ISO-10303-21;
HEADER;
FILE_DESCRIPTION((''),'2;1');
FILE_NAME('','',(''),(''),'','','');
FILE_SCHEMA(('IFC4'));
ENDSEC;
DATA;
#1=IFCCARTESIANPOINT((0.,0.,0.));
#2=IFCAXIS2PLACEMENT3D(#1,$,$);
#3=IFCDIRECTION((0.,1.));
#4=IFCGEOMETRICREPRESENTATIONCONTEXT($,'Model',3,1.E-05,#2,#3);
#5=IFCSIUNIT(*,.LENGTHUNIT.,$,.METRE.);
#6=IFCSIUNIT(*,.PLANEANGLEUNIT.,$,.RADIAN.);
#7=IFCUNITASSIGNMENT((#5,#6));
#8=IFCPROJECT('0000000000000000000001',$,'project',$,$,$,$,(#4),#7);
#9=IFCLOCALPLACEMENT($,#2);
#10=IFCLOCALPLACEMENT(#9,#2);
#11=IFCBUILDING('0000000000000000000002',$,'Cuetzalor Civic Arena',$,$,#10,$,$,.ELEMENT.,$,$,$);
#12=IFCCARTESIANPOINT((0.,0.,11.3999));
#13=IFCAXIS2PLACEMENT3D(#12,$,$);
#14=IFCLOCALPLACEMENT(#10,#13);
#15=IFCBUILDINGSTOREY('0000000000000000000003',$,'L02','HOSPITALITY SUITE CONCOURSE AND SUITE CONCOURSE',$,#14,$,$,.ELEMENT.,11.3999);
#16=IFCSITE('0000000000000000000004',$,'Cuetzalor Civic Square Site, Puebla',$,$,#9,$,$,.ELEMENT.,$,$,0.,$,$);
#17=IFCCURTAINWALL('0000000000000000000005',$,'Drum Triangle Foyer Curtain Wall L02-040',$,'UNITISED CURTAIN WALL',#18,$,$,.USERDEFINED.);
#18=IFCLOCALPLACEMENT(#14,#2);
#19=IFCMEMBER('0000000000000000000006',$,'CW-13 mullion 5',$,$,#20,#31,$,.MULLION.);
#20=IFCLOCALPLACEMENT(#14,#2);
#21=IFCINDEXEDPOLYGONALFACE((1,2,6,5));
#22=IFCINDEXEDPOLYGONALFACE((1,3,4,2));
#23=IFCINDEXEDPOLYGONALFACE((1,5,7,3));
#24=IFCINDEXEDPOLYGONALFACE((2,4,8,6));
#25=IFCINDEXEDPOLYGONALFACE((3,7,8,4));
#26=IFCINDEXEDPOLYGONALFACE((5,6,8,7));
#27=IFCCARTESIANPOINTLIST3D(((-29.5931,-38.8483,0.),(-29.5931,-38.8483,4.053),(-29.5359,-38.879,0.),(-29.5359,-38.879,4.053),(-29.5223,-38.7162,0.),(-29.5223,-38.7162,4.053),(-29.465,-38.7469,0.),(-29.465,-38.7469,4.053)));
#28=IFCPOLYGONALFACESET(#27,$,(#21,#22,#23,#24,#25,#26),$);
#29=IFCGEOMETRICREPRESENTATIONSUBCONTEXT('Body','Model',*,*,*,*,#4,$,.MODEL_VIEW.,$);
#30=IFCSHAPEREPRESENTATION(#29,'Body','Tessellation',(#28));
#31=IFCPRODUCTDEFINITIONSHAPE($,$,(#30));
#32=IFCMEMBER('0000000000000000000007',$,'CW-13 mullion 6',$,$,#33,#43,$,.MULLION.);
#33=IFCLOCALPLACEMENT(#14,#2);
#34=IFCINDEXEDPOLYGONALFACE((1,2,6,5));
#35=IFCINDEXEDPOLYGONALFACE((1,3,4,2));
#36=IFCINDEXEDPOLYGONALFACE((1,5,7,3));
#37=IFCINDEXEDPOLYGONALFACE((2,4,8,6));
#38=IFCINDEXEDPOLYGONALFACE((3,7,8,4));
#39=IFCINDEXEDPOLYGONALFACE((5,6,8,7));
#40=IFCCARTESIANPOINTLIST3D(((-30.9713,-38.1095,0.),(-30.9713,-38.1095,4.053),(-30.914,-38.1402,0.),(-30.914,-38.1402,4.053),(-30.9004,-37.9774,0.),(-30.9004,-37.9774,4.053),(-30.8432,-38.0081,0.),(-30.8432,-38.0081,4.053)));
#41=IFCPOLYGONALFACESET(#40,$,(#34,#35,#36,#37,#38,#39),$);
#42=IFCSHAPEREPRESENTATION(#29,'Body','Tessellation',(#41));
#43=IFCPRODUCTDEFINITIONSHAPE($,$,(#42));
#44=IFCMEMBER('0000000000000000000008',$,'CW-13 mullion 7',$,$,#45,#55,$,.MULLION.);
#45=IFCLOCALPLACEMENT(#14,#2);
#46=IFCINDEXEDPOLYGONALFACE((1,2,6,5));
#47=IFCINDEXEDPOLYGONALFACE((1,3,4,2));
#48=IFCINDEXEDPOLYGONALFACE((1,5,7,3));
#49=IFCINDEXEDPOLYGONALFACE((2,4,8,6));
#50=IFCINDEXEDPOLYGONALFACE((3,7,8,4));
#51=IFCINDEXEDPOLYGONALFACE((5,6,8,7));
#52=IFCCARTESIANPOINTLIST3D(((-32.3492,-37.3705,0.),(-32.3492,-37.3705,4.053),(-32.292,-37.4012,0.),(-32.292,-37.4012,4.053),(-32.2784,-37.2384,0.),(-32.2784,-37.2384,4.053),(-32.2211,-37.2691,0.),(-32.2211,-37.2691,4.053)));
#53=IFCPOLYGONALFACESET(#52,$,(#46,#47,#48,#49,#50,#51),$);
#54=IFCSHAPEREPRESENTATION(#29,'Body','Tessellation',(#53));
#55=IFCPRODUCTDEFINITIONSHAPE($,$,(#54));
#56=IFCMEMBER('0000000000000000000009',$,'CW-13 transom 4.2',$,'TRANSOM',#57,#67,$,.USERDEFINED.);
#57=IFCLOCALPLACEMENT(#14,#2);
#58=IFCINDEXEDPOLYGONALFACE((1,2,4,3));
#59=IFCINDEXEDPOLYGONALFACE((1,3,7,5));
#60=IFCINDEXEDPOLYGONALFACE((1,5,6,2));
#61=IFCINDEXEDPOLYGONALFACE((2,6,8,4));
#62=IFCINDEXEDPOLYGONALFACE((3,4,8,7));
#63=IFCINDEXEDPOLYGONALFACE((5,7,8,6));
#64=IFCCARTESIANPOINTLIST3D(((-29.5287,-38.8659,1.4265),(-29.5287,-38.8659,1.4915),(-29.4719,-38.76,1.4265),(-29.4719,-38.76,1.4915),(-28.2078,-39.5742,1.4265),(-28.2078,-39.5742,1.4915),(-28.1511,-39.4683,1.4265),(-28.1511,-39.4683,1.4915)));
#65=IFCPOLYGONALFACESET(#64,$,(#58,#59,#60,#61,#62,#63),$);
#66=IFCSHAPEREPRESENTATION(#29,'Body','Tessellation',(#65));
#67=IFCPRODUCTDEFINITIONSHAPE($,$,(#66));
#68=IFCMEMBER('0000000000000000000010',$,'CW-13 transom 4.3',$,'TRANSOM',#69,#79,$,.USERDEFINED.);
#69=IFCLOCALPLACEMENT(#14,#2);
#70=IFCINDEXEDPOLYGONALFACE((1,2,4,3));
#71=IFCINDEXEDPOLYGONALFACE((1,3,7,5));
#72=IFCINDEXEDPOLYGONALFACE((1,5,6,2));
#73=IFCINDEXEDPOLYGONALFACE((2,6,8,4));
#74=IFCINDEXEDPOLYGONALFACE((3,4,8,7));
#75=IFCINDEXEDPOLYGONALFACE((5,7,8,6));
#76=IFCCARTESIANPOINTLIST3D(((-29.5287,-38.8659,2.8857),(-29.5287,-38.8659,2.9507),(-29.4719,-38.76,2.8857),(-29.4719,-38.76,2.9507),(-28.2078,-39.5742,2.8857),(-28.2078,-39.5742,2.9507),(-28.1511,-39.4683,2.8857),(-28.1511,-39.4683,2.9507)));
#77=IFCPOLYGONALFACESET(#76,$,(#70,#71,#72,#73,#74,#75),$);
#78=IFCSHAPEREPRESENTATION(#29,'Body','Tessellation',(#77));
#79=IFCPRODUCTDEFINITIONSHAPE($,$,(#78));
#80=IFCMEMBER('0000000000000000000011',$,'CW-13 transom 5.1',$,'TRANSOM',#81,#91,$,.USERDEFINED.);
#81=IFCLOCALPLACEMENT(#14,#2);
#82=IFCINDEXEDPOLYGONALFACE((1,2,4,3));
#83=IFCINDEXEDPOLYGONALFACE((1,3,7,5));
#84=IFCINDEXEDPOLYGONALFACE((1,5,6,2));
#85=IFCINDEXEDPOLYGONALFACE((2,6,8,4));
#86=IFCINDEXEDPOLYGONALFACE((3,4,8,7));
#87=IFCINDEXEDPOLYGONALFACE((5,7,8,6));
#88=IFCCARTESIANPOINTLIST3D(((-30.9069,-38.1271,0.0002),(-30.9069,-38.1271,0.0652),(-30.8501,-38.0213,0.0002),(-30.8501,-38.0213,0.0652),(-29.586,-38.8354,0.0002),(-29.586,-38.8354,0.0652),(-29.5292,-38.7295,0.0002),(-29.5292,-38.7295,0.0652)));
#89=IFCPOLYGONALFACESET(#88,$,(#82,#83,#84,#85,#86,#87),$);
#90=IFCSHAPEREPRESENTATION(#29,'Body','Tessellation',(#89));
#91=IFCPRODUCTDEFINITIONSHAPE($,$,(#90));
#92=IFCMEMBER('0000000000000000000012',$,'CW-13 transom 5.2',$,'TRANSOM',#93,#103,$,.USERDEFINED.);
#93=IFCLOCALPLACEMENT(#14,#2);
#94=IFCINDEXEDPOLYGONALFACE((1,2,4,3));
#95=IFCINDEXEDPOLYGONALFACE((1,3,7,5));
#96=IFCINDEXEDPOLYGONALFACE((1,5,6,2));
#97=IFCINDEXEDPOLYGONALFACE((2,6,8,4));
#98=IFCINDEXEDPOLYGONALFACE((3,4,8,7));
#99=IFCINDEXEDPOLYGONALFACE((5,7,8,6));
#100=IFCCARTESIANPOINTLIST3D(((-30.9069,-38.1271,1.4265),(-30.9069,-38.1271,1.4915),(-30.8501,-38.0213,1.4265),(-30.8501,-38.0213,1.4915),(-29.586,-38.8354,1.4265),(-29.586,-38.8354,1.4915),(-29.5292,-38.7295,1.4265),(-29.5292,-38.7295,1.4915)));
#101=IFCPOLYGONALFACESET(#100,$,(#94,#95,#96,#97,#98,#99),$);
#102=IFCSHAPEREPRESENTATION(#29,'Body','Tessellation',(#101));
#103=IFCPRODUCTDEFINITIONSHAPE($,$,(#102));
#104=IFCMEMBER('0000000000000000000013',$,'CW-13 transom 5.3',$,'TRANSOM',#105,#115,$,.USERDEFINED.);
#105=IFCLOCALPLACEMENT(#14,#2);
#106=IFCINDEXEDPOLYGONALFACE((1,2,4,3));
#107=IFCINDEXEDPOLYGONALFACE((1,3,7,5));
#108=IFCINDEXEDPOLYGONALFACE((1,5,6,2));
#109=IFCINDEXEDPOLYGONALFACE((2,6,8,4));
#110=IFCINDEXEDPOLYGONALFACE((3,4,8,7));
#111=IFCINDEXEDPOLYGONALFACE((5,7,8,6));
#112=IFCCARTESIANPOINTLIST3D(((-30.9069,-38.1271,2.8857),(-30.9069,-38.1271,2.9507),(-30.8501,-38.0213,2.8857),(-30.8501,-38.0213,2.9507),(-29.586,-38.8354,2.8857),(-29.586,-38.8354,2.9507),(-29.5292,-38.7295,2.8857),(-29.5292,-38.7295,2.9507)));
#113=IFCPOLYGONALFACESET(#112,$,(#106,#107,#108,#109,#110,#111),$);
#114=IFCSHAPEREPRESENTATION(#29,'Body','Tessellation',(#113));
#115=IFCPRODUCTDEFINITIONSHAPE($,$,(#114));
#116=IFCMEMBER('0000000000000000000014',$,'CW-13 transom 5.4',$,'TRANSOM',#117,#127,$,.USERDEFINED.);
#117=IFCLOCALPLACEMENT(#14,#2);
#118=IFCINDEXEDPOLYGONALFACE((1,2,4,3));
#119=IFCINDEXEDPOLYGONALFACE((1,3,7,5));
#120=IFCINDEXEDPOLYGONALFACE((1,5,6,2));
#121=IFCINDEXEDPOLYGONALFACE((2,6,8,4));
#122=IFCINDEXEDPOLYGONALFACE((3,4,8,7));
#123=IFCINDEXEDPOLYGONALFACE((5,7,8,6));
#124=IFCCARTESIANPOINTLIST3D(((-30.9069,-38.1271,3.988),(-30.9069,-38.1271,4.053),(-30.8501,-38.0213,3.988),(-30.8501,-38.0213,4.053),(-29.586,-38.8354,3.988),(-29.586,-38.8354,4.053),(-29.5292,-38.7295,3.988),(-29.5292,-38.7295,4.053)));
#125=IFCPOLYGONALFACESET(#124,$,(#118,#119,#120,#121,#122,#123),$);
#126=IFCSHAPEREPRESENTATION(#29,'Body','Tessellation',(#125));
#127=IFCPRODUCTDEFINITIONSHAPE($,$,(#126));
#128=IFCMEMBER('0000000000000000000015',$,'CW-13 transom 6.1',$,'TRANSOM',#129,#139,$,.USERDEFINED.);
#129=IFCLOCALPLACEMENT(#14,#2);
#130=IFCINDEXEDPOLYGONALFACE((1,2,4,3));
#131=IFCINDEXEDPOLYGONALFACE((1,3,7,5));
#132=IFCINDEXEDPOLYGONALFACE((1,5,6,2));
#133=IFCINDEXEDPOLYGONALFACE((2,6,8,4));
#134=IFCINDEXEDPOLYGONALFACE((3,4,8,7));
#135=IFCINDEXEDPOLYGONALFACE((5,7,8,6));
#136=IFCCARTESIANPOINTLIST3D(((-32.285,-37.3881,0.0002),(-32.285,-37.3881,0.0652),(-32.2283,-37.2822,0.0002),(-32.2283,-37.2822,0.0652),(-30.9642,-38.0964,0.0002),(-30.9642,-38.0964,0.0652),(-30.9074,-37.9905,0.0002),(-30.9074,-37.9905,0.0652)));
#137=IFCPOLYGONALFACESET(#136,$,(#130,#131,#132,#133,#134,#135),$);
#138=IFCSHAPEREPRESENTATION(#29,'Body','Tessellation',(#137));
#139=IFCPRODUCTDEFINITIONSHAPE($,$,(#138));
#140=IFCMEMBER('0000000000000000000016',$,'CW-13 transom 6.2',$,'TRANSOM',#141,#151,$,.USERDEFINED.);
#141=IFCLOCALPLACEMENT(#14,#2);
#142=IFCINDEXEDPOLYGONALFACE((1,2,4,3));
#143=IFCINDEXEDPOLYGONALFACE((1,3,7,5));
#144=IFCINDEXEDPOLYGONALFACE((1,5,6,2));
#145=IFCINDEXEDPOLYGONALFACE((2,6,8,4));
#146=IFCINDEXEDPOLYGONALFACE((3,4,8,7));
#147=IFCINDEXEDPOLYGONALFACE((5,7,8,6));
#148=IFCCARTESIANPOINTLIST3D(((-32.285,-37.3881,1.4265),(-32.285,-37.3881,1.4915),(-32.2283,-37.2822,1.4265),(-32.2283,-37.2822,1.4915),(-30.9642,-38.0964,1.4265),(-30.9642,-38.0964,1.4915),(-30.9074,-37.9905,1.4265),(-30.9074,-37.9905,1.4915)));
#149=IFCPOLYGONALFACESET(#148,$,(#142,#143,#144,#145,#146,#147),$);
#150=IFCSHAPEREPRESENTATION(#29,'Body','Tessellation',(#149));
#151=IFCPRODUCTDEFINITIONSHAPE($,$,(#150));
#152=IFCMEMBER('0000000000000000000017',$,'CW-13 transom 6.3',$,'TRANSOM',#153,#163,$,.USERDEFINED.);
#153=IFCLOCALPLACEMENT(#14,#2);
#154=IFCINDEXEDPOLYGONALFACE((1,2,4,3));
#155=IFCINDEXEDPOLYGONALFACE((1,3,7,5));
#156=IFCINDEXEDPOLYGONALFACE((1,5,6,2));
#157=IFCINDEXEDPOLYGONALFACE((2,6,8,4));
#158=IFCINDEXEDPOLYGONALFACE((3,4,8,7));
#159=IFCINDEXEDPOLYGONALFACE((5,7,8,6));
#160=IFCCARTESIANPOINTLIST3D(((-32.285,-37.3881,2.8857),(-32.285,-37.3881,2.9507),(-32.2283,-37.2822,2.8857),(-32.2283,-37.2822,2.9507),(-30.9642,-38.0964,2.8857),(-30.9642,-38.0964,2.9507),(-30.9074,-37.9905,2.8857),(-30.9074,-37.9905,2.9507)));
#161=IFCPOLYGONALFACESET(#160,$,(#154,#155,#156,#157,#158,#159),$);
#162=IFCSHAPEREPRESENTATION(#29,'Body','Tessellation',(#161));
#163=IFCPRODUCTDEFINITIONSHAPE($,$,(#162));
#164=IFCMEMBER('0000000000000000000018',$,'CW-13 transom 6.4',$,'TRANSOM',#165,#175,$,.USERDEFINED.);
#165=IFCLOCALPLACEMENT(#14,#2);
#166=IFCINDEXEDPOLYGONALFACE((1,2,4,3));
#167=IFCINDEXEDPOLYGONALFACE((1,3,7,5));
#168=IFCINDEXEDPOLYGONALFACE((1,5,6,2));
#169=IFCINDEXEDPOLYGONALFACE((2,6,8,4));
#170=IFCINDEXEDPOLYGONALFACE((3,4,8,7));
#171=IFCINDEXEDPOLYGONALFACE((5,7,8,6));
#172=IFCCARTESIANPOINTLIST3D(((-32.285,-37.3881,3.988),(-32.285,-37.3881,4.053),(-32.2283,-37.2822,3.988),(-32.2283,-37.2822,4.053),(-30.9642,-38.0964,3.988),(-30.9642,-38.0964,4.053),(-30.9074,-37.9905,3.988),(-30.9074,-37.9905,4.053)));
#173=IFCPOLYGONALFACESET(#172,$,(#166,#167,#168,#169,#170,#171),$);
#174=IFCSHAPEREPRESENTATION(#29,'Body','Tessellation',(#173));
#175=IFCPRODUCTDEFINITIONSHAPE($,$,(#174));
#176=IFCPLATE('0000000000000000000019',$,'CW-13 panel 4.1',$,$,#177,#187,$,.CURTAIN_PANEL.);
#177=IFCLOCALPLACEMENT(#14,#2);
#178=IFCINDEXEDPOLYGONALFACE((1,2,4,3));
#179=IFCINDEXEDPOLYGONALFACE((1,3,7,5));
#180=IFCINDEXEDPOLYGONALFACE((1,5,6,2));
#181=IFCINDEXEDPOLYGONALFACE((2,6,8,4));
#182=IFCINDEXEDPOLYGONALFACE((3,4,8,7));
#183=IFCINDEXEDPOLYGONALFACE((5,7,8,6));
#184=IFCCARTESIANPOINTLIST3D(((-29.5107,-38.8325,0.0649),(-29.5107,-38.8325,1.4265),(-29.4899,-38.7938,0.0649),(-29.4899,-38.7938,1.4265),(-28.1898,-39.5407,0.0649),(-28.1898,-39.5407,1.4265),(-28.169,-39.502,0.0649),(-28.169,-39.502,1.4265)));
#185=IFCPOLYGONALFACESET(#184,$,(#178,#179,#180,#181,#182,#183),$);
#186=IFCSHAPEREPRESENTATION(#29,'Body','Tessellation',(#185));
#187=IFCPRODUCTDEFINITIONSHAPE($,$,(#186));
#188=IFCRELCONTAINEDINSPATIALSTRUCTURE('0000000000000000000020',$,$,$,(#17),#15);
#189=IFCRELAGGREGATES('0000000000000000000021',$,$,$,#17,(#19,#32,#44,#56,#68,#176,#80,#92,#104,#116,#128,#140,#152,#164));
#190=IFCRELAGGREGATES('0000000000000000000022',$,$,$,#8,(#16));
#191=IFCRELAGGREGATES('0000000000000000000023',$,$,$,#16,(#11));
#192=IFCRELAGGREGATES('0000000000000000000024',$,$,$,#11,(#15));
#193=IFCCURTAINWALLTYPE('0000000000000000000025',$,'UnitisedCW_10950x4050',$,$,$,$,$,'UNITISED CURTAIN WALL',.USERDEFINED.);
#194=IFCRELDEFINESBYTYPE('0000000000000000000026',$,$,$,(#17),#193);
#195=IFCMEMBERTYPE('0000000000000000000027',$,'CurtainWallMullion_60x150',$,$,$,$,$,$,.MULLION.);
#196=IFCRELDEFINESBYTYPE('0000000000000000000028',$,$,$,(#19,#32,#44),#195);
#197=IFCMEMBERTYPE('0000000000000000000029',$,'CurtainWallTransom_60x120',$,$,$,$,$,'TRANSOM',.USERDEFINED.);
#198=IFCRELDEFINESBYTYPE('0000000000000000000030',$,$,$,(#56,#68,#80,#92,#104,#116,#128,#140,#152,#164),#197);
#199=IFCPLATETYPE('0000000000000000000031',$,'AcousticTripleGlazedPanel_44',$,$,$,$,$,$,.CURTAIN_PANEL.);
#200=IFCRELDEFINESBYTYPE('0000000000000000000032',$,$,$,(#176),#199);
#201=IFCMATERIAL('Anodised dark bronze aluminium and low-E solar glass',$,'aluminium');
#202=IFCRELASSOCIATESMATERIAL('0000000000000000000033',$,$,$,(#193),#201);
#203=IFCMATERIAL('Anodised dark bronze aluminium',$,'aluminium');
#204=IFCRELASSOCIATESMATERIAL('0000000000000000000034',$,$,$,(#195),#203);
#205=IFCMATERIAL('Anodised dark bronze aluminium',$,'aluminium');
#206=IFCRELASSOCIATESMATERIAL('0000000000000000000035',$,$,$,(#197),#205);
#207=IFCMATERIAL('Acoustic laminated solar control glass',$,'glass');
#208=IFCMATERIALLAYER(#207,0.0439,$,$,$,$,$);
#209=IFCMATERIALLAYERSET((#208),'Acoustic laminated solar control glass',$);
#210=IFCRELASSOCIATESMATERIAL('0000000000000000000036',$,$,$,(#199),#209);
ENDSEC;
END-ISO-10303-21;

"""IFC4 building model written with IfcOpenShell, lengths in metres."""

from ifc_helpers import new_model, si_unit, direction, frame, origin, origin_2d, place, context, subcontext, project, spatial, rectangle, extrude, material, layer, layer_set, material_profile, profile_set, type_object, element, aggregate, save


model = new_model("IFC4")

# Units and contexts
model_context = context("Model", 3, precision=1e-05, world=origin(), true_north=direction((0.0, 1.0)))
body_context = subcontext(model_context, "Body", "Model", "MODEL_VIEW")
ifc_project = project(units=[si_unit("LENGTHUNIT", "METRE"), si_unit("PLANEANGLEUNIT", "RADIAN")], contexts=[model_context])

# Site, building, storey
site_placement = place(None, origin())
site = spatial("IfcSite", under=ifc_project, at=site_placement, Name="Cuetzalor Civic Square Site, Puebla", CompositionType="ELEMENT", RefElevation=0.0)
building_placement = place(site_placement, origin())
building = spatial("IfcBuilding", under=site, at=building_placement, Name="Cuetzalor Civic Arena", CompositionType="ELEMENT")
storey_placement = place(building_placement, frame((0.0, 0.0, 11.3999)))
storey = spatial("IfcBuildingStorey", under=building, at=storey_placement, Name="L02", Description="HOSPITALITY SUITE CONCOURSE AND SUITE CONCOURSE", CompositionType="ELEMENT", Elevation=11.3999)

# Curtain wall, members, plate
ifc_material_1 = material(Name="Anodised dark bronze aluminium and low-E solar glass", Category="aluminium")
curtain_wall_type = type_object("IfcCurtainWallType", Name="UnitisedCW_10950x4050", ElementType="UNITISED CURTAIN WALL", PredefinedType="USERDEFINED", material=ifc_material_1)
curtain_wall_placement = place(storey_placement, origin())
curtain_wall = element("IfcCurtainWall", 1, at=curtain_wall_placement, inside=storey, type_object=curtain_wall_type, Name="Drum Triangle Foyer Curtain Wall L02-040", ObjectType="UNITISED CURTAIN WALL", PredefinedType="USERDEFINED")
ifc_material_2 = material(Name="Anodised dark bronze aluminium", Category="aluminium")
ifc_material_profile_1 = material_profile(ifc_material_2, rectangle(XDim=0.0649, YDim=0.1499, at=origin_2d()), Name="ALU MULLION 65x150")
ifc_profile_set_1 = profile_set([ifc_material_profile_1], Name="Anodised dark bronze aluminium")
member_type_1 = type_object("IfcMemberType", Name="CurtainWallMullion_60x150", PredefinedType="MULLION", material=ifc_profile_set_1)
member_1_placement = place(storey_placement, frame((-29.5291, -38.7976, 0.0), z_axis=(0.0, 0.0, 1.0), x_axis=(-0.881306, 0.472545, 0.0)))
member_1 = element("IfcMember", 2, at=member_1_placement, type_object=member_type_1, Name="CW-13 mullion 5", PredefinedType="MULLION", context=body_context, shape_type="SweptSolid", body=[
    extrude(rectangle(XDim=0.0649, YDim=0.1499, at=origin_2d()), origin(), (0.0, 0.0, 1.0), 4.053),
])
member_2_placement = place(storey_placement, frame((-30.9072, -38.0588, 0.0), z_axis=(0.0, 0.0, 1.0), x_axis=(-0.881306, 0.472545, 0.0)))
member_2 = element("IfcMember", 3, at=member_2_placement, type_object=member_type_1, Name="CW-13 mullion 6", PredefinedType="MULLION", context=body_context, shape_type="SweptSolid", body=[
    extrude(rectangle(XDim=0.0649, YDim=0.1499, at=origin_2d()), origin(), (0.0, 0.0, 1.0), 4.053),
])
member_3_placement = place(storey_placement, frame((-32.2852, -37.3198, 0.0), z_axis=(0.0, 0.0, 1.0), x_axis=(-0.881306, 0.472545, 0.0)))
member_3 = element("IfcMember", 4, at=member_3_placement, type_object=member_type_1, Name="CW-13 mullion 7", PredefinedType="MULLION", context=body_context, shape_type="SweptSolid", body=[
    extrude(rectangle(XDim=0.0649, YDim=0.1499, at=origin_2d()), origin(), (0.0, 0.0, 1.0), 4.053),
])
ifc_material_3 = material(Name="Anodised dark bronze aluminium", Category="aluminium")
ifc_material_profile_2 = material_profile(ifc_material_3, rectangle(XDim=0.1201, YDim=0.0649, at=origin_2d()), Name="ALU TRANSOM 65x120")
ifc_profile_set_2 = profile_set([ifc_material_profile_2], Name="Anodised dark bronze aluminium")
member_type_2 = type_object("IfcMemberType", Name="CurtainWallTransom_60x120", ElementType="TRANSOM", PredefinedType="USERDEFINED", material=ifc_profile_set_2)
member_4_placement = place(storey_placement, frame((-28.1794, -39.5212, 1.459), z_axis=(-0.881291, 0.472574, 0.0), x_axis=(-0.472574, -0.881291, 0.0)))
member_4 = element("IfcMember", 5, at=member_4_placement, type_object=member_type_2, Name="CW-13 transom 4.2", ObjectType="TRANSOM", PredefinedType="USERDEFINED", context=body_context, shape_type="SweptSolid", body=[
    extrude(rectangle(XDim=0.1201, YDim=0.0649, at=origin_2d()), origin(), (0.0, 0.0, 1.0), 1.4988),
])
member_5_placement = place(storey_placement, frame((-28.1794, -39.5212, 2.9182), z_axis=(-0.881291, 0.472574, 0.0), x_axis=(-0.472574, -0.881291, 0.0)))
member_5 = element("IfcMember", 6, at=member_5_placement, type_object=member_type_2, Name="CW-13 transom 4.3", ObjectType="TRANSOM", PredefinedType="USERDEFINED", context=body_context, shape_type="SweptSolid", body=[
    extrude(rectangle(XDim=0.1201, YDim=0.0649, at=origin_2d()), origin(), (0.0, 0.0, 1.0), 1.4988),
])
member_6_placement = place(storey_placement, frame((-29.5576, -38.7825, 0.0327), z_axis=(-0.881291, 0.472574, 0.0), x_axis=(-0.472574, -0.881291, 0.0)))
member_6 = element("IfcMember", 7, at=member_6_placement, type_object=member_type_2, Name="CW-13 transom 5.1", ObjectType="TRANSOM", PredefinedType="USERDEFINED", context=body_context, shape_type="SweptSolid", body=[
    extrude(rectangle(XDim=0.1201, YDim=0.0649, at=origin_2d()), origin(), (0.0, 0.0, 1.0), 1.4988),
])
member_7_placement = place(storey_placement, frame((-29.5576, -38.7825, 1.459), z_axis=(-0.881291, 0.472574, 0.0), x_axis=(-0.472574, -0.881291, 0.0)))
member_7 = element("IfcMember", 8, at=member_7_placement, type_object=member_type_2, Name="CW-13 transom 5.2", ObjectType="TRANSOM", PredefinedType="USERDEFINED", context=body_context, shape_type="SweptSolid", body=[
    extrude(rectangle(XDim=0.1201, YDim=0.0649, at=origin_2d()), origin(), (0.0, 0.0, 1.0), 1.4988),
])
member_8_placement = place(storey_placement, frame((-29.5576, -38.7825, 2.9182), z_axis=(-0.881291, 0.472574, 0.0), x_axis=(-0.472574, -0.881291, 0.0)))
member_8 = element("IfcMember", 9, at=member_8_placement, type_object=member_type_2, Name="CW-13 transom 5.3", ObjectType="TRANSOM", PredefinedType="USERDEFINED", context=body_context, shape_type="SweptSolid", body=[
    extrude(rectangle(XDim=0.1201, YDim=0.0649, at=origin_2d()), origin(), (0.0, 0.0, 1.0), 1.4988),
])
member_9_placement = place(storey_placement, frame((-29.5576, -38.7825, 4.0205), z_axis=(-0.881291, 0.472574, 0.0), x_axis=(-0.472574, -0.881291, 0.0)))
member_9 = element("IfcMember", 10, at=member_9_placement, type_object=member_type_2, Name="CW-13 transom 5.4", ObjectType="TRANSOM", PredefinedType="USERDEFINED", context=body_context, shape_type="SweptSolid", body=[
    extrude(rectangle(XDim=0.1201, YDim=0.0649, at=origin_2d()), origin(), (0.0, 0.0, 1.0), 1.4988),
])
member_10_placement = place(storey_placement, frame((-30.9358, -38.0435, 0.0327), z_axis=(-0.881291, 0.472574, 0.0), x_axis=(-0.472574, -0.881291, 0.0)))
member_10 = element("IfcMember", 11, at=member_10_placement, type_object=member_type_2, Name="CW-13 transom 6.1", ObjectType="TRANSOM", PredefinedType="USERDEFINED", context=body_context, shape_type="SweptSolid", body=[
    extrude(rectangle(XDim=0.1201, YDim=0.0649, at=origin_2d()), origin(), (0.0, 0.0, 1.0), 1.4988),
])
member_11_placement = place(storey_placement, frame((-30.9358, -38.0435, 1.459), z_axis=(-0.881291, 0.472574, 0.0), x_axis=(-0.472574, -0.881291, 0.0)))
member_11 = element("IfcMember", 12, at=member_11_placement, type_object=member_type_2, Name="CW-13 transom 6.2", ObjectType="TRANSOM", PredefinedType="USERDEFINED", context=body_context, shape_type="SweptSolid", body=[
    extrude(rectangle(XDim=0.1201, YDim=0.0649, at=origin_2d()), origin(), (0.0, 0.0, 1.0), 1.4988),
])
member_12_placement = place(storey_placement, frame((-30.9358, -38.0435, 2.9182), z_axis=(-0.881291, 0.472574, 0.0), x_axis=(-0.472574, -0.881291, 0.0)))
member_12 = element("IfcMember", 13, at=member_12_placement, type_object=member_type_2, Name="CW-13 transom 6.3", ObjectType="TRANSOM", PredefinedType="USERDEFINED", context=body_context, shape_type="SweptSolid", body=[
    extrude(rectangle(XDim=0.1201, YDim=0.0649, at=origin_2d()), origin(), (0.0, 0.0, 1.0), 1.4988),
])
member_13_placement = place(storey_placement, frame((-30.9358, -38.0435, 4.0205), z_axis=(-0.881291, 0.472574, 0.0), x_axis=(-0.472574, -0.881291, 0.0)))
member_13 = element("IfcMember", 14, at=member_13_placement, type_object=member_type_2, Name="CW-13 transom 6.4", ObjectType="TRANSOM", PredefinedType="USERDEFINED", context=body_context, shape_type="SweptSolid", body=[
    extrude(rectangle(XDim=0.1201, YDim=0.0649, at=origin_2d()), origin(), (0.0, 0.0, 1.0), 1.4988),
])
ifc_material_4 = material(Name="Acoustic laminated solar control glass", Category="glass")
ifc_layer = layer(ifc_material_4, 0.0439)
ifc_layer_set = layer_set([ifc_layer], Name="Acoustic laminated solar control glass")
plate_type = type_object("IfcPlateType", Name="AcousticTripleGlazedPanel_44", PredefinedType="CURTAIN_PANEL", material=ifc_layer_set)
plate_1_placement = place(storey_placement, frame((-28.8398, -39.1672, 0.0649), z_axis=(0.0, 0.0, 1.0), x_axis=(-0.881306, 0.472545, 0.0)))
plate_1 = element("IfcPlate", 15, at=plate_1_placement, type_object=plate_type, Name="CW-13 panel 4.1", PredefinedType="CURTAIN_PANEL", context=body_context, shape_type="SweptSolid", body=[
    extrude(rectangle(XDim=1.4988, YDim=0.0439, at=origin_2d()), origin(), (0.0, 0.0, 1.0), 1.3616),
])
aggregate(curtain_wall, [member_1, member_2, member_3, member_4, member_5, plate_1, member_6, member_7, member_8, member_9, member_10, member_11, member_12, member_13])

save(model, "model.ifc")
